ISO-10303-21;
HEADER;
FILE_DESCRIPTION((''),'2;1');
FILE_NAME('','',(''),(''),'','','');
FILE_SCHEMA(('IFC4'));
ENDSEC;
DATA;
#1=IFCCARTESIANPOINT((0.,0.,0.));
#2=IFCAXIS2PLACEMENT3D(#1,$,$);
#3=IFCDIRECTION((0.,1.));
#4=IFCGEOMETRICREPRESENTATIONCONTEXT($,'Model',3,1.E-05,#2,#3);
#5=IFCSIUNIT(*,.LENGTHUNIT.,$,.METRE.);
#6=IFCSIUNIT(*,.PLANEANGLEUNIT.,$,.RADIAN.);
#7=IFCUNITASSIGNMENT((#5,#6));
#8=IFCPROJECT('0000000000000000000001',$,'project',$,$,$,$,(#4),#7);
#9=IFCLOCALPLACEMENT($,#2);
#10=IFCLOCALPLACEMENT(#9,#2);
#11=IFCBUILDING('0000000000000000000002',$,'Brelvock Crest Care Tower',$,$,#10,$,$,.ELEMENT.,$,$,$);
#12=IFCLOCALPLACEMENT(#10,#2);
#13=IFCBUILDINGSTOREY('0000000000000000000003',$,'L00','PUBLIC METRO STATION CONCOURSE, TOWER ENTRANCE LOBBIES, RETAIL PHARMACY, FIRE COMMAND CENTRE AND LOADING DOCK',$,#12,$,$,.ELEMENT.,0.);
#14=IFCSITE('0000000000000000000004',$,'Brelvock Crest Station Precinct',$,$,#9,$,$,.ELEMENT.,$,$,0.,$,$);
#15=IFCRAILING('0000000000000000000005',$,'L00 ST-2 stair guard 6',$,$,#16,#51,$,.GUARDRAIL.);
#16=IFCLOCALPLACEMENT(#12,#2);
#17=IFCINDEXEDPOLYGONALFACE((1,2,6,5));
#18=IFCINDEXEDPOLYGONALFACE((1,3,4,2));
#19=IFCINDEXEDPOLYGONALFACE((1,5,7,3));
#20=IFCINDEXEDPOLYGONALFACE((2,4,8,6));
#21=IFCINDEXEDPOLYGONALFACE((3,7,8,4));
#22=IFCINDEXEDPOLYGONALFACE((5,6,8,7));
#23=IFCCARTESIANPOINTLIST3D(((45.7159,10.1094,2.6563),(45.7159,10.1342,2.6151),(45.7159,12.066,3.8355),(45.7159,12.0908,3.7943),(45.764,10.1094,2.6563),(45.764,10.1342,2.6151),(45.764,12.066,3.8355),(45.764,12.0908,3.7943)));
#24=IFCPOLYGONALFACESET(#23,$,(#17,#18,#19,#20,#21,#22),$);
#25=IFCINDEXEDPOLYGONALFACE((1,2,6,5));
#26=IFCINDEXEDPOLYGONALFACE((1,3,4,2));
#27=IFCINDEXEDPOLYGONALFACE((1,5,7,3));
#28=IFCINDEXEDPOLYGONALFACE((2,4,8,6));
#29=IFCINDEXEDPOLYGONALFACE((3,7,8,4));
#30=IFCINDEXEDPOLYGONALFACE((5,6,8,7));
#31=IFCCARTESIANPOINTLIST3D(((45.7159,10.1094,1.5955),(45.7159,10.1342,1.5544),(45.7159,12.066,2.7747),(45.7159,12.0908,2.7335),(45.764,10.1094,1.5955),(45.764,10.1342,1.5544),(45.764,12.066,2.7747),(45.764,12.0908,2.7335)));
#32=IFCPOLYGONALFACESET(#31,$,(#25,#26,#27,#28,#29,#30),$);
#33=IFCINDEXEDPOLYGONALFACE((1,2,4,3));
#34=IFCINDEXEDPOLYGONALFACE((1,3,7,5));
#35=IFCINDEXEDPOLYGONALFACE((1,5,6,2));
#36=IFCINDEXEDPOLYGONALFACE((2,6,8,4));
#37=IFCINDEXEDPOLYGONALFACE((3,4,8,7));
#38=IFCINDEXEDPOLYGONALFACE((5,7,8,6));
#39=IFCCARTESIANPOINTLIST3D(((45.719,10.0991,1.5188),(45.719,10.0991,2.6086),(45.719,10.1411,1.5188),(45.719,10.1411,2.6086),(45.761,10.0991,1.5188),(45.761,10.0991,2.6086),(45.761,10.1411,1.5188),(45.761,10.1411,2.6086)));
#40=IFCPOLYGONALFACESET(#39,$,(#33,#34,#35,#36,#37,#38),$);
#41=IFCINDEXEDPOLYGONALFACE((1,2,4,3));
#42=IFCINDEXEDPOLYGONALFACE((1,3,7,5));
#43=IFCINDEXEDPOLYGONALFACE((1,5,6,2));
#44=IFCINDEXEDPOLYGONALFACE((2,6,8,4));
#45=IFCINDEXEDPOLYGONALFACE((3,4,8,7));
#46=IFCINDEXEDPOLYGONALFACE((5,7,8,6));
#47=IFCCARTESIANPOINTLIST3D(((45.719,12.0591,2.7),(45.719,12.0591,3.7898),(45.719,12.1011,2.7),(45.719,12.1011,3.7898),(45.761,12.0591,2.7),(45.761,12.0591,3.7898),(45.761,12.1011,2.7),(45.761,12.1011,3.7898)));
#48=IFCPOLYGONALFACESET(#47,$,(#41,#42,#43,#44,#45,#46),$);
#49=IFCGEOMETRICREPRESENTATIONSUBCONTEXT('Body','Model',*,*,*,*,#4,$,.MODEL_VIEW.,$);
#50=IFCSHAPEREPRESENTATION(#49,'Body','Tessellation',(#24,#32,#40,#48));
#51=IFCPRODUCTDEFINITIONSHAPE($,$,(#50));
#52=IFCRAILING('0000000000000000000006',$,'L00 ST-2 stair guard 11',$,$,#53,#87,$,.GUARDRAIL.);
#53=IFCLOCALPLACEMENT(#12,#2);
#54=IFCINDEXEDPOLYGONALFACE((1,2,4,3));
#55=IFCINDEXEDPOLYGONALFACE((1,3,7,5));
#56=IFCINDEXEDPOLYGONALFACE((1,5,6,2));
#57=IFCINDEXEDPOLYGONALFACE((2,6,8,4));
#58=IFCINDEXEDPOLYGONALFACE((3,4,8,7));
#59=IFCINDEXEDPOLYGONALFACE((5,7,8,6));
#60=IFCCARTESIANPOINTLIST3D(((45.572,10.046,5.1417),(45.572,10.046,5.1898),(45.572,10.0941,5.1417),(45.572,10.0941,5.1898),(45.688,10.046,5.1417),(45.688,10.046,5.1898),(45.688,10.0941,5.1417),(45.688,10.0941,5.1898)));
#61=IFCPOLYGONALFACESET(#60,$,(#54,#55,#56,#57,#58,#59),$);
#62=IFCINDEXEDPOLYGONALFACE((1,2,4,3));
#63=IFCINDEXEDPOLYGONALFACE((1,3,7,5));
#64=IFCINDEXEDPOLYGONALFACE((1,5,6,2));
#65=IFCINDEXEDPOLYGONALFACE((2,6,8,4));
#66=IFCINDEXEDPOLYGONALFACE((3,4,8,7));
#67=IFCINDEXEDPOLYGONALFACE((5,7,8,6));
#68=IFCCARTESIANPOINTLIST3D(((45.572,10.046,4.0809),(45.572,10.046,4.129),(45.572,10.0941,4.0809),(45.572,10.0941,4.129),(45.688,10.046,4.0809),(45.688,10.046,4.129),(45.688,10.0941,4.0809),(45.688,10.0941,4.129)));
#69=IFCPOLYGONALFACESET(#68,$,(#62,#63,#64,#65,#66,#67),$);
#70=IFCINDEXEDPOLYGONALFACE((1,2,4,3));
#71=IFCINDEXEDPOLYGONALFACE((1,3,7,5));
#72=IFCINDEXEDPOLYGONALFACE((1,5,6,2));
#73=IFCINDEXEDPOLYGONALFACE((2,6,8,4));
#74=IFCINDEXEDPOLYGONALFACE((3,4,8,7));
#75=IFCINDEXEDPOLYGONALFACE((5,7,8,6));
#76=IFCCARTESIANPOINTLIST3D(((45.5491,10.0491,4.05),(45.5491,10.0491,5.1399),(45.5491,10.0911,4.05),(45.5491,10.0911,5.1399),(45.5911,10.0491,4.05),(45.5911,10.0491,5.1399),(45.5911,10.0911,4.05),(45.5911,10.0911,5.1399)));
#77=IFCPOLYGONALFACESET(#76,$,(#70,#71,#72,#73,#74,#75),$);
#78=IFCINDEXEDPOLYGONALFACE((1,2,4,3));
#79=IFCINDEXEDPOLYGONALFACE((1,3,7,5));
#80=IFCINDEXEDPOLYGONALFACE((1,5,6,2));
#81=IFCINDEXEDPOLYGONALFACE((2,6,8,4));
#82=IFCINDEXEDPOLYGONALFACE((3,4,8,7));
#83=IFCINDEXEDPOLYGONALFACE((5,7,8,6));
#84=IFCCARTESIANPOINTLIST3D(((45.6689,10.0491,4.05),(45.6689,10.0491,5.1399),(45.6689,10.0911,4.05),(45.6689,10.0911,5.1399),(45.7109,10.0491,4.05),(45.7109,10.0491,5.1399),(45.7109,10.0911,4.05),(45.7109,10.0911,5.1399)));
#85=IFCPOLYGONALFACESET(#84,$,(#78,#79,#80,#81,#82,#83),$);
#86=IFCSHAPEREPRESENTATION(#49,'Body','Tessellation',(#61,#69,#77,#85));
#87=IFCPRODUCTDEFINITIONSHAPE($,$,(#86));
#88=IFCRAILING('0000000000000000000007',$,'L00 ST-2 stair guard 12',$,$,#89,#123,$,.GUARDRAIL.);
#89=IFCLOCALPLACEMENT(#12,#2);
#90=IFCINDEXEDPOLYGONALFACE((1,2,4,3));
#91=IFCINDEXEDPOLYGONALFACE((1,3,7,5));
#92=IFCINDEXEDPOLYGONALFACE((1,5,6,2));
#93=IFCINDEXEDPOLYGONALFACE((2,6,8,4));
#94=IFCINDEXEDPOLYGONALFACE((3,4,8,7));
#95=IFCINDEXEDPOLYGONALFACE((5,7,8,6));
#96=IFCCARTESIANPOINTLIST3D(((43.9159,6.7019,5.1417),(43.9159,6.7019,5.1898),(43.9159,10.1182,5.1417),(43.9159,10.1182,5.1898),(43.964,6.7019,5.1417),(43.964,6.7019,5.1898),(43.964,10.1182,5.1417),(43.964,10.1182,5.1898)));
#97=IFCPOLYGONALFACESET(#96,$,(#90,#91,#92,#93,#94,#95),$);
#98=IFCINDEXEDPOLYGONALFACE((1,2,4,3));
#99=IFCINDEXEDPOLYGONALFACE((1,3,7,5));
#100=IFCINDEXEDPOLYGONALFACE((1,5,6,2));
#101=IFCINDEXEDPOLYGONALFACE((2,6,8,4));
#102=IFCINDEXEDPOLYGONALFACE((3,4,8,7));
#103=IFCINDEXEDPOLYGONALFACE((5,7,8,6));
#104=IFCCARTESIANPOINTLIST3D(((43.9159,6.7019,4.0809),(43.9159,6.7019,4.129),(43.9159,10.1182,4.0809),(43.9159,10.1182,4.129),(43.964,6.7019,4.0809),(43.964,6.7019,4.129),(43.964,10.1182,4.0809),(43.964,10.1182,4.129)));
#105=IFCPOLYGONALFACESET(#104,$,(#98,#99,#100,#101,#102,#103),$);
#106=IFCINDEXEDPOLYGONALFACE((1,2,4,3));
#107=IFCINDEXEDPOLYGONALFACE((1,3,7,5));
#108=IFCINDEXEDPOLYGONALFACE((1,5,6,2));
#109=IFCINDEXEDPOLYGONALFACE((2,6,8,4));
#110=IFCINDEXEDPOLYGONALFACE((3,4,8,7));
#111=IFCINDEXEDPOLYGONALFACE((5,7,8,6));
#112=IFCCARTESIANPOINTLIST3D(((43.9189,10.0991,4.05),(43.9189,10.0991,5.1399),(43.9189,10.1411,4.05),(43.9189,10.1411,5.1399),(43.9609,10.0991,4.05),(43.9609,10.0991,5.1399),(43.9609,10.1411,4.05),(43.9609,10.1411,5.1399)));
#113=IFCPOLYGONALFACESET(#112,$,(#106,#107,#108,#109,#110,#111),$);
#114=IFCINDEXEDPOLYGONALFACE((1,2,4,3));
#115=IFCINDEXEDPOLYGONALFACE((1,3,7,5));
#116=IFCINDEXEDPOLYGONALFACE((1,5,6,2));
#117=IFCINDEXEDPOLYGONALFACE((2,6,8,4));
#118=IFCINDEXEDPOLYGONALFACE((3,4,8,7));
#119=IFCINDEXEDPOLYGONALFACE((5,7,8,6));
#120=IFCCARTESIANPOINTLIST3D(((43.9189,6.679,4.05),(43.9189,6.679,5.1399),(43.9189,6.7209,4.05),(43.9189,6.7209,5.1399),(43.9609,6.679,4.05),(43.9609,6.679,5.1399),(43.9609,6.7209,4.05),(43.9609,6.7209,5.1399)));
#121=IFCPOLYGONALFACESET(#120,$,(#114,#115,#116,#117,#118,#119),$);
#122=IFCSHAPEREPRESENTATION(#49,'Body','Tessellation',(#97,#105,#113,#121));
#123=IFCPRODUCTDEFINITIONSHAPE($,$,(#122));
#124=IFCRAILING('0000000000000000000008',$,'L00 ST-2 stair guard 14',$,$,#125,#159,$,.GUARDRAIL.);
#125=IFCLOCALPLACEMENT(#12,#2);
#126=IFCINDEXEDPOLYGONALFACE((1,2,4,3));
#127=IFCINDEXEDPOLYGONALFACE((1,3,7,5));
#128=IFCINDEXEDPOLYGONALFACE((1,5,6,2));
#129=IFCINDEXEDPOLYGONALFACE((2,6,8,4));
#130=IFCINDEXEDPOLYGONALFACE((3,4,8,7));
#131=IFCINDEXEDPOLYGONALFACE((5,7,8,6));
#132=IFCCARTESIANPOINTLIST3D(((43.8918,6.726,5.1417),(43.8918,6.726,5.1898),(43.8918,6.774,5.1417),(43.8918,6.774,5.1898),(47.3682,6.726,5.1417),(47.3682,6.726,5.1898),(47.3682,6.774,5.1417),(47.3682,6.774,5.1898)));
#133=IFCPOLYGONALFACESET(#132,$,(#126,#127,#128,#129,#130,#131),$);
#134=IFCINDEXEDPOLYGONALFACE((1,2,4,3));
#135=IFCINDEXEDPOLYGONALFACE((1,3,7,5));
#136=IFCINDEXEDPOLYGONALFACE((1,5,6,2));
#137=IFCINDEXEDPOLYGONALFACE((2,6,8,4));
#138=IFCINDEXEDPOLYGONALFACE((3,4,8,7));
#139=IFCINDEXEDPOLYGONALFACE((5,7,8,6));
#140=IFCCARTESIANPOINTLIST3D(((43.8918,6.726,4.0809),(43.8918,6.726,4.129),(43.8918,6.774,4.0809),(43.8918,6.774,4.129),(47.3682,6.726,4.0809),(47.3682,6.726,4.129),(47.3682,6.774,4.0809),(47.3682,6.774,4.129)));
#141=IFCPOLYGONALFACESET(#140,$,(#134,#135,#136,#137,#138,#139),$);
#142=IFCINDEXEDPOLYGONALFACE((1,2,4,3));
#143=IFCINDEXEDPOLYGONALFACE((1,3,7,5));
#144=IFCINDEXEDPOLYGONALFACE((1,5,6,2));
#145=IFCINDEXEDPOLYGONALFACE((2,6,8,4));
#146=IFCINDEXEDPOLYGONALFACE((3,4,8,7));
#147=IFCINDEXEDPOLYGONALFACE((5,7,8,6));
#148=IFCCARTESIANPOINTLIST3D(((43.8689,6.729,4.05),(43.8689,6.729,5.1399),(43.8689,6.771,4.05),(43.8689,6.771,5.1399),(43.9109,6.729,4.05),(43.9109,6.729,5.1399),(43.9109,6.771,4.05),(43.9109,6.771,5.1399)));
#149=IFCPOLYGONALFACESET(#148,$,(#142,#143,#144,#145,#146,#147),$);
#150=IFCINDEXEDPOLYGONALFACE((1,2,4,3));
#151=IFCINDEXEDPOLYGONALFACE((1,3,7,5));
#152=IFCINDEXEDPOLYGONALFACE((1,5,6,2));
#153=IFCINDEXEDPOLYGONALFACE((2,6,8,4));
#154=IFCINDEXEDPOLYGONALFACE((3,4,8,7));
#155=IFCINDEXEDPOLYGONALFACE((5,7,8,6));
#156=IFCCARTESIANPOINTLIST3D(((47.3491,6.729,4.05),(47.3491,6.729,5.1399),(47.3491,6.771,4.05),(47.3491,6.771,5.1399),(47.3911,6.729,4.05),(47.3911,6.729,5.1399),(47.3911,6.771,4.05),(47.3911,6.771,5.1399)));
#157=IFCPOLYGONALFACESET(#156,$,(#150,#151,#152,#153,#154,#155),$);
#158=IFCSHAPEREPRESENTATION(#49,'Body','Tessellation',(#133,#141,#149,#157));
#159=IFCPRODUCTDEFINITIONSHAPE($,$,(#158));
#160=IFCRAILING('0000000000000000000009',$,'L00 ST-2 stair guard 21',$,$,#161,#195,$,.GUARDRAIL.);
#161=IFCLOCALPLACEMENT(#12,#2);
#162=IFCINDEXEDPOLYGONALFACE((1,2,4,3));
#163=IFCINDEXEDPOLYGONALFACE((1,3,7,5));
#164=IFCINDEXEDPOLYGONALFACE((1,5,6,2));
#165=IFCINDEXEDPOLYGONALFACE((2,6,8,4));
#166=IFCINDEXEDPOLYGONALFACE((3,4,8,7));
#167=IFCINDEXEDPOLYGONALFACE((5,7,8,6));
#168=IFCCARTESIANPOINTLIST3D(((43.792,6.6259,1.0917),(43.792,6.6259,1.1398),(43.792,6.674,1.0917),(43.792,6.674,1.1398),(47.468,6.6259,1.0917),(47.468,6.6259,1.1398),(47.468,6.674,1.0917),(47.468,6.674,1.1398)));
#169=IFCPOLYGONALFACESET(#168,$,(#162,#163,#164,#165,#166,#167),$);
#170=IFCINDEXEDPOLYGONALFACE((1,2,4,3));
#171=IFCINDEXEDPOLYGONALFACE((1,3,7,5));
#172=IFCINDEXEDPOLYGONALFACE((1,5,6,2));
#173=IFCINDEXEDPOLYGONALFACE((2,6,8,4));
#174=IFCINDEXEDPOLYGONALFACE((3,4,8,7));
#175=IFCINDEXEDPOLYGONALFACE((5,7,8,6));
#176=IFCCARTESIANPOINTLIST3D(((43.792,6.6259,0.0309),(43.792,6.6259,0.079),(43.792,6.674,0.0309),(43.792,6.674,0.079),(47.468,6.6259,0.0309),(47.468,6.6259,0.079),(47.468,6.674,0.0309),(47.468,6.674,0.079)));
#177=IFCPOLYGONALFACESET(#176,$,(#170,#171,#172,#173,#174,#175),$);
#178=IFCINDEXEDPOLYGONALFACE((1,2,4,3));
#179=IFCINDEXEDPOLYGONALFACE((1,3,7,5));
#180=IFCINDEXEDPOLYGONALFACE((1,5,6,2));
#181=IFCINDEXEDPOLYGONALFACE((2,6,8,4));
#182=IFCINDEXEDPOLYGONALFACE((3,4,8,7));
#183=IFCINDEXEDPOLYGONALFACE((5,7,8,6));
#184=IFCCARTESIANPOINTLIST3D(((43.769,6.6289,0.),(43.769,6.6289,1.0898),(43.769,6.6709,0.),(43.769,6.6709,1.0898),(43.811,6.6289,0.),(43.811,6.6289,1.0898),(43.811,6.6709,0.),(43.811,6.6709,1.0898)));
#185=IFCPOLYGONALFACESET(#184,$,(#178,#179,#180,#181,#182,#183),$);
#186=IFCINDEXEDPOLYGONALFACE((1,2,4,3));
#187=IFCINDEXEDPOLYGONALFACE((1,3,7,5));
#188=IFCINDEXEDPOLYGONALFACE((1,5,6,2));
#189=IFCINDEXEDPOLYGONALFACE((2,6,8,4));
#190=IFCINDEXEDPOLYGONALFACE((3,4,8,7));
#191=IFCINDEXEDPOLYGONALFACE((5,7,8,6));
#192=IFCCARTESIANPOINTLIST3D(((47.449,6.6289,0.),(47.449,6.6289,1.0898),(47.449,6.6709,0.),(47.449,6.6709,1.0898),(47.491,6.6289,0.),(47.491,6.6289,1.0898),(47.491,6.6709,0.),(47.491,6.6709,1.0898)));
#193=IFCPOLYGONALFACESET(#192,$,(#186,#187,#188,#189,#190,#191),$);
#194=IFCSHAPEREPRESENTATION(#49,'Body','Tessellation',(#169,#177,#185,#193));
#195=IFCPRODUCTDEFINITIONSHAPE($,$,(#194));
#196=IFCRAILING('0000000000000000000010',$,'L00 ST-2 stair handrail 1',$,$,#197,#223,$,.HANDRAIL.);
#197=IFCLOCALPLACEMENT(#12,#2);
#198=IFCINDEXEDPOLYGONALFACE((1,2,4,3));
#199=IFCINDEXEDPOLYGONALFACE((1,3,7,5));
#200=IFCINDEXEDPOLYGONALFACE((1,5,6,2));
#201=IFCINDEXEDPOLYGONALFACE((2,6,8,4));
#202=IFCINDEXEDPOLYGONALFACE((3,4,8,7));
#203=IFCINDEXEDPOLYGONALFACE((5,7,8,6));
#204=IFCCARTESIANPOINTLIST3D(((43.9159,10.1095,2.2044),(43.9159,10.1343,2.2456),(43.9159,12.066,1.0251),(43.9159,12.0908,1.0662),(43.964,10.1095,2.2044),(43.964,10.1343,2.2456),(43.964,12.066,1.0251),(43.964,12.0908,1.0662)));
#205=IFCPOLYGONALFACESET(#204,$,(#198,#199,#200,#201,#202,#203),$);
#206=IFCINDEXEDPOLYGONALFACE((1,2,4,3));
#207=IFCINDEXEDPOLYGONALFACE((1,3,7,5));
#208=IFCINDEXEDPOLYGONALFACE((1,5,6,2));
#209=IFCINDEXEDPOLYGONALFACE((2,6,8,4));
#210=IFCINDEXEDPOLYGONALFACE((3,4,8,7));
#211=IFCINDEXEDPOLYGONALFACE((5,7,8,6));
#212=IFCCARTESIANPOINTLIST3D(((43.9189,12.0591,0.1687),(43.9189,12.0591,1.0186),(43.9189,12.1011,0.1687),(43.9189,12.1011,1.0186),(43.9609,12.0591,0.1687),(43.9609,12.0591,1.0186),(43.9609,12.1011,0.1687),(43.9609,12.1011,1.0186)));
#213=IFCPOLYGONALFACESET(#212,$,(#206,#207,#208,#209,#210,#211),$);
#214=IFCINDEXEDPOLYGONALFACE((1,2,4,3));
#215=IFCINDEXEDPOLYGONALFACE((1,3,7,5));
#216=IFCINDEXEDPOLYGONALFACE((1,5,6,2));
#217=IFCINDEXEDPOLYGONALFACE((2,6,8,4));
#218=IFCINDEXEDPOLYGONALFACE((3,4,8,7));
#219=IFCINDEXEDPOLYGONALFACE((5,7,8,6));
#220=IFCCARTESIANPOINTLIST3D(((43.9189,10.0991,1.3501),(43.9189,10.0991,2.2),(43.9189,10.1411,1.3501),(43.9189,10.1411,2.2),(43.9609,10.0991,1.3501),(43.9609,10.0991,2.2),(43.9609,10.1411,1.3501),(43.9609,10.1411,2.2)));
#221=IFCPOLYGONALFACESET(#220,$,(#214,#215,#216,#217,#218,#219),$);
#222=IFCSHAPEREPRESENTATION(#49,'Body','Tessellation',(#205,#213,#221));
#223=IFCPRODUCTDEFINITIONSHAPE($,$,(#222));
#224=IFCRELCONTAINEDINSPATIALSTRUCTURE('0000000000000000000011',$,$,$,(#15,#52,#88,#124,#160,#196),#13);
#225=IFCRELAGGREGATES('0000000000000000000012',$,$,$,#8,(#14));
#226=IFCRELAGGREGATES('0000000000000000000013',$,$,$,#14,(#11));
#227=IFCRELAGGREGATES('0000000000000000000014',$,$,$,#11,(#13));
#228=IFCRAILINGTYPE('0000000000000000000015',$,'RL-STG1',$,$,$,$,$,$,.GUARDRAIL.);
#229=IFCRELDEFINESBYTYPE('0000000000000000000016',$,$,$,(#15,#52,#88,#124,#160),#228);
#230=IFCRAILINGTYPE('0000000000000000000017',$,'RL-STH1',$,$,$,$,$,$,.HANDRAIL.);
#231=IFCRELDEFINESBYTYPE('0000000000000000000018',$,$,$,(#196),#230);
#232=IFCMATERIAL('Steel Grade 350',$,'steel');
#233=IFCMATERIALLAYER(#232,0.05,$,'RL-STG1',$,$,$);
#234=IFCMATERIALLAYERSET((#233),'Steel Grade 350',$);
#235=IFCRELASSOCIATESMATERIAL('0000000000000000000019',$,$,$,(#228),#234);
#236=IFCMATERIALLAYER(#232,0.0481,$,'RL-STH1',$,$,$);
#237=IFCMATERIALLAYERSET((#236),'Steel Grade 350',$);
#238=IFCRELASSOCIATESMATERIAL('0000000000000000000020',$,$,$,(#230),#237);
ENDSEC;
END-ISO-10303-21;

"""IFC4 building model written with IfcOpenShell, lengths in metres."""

from ifc_helpers import new_model, si_unit, direction, frame, origin, origin_2d, place, context, subcontext, project, spatial, rectangle, extrude, material, layer, layer_set, type_object, element, save


model = new_model("IFC4")

# Units and contexts
model_context = context("Model", 3, precision=1e-05, world=origin(), true_north=direction((0.0, 1.0)))
body_context = subcontext(model_context, "Body", "Model", "MODEL_VIEW")
ifc_project = project(units=[si_unit("LENGTHUNIT", "METRE"), si_unit("PLANEANGLEUNIT", "RADIAN")], contexts=[model_context])

# Site, building, storey
site_placement = place(None, origin())
site = spatial("IfcSite", under=ifc_project, at=site_placement, Name="Brelvock Crest Station Precinct", CompositionType="ELEMENT", RefElevation=0.0)
building_placement = place(site_placement, origin())
building = spatial("IfcBuilding", under=site, at=building_placement, Name="Brelvock Crest Care Tower", CompositionType="ELEMENT")
storey_placement = place(building_placement, origin())
storey = spatial("IfcBuildingStorey", under=building, at=storey_placement, Name="L00", Description="PUBLIC METRO STATION CONCOURSE, TOWER ENTRANCE LOBBIES, RETAIL PHARMACY, FIRE COMMAND CENTRE AND LOADING DOCK", CompositionType="ELEMENT", Elevation=0.0)

# Shared definitions
ifc_material_1 = material(Name="Steel Grade 350", Category="steel")

# Railings
ifc_layer_1 = layer(ifc_material_1, 0.05, Name="RL-STG1")
ifc_layer_set_1 = layer_set([ifc_layer_1], Name="Steel Grade 350")
railing_type_1 = type_object("IfcRailingType", Name="RL-STG1", PredefinedType="GUARDRAIL", material=ifc_layer_set_1)
railing_1_placement = place(storey_placement, frame((45.74, 10.1201, 1.5188)))
element("IfcRailing", 1, at=railing_1_placement, inside=storey, type_object=railing_type_1, Name="L00 ST-2 stair guard 6", PredefinedType="GUARDRAIL", context=body_context, shape_type="SweptSolid", body=[
    extrude(rectangle(XDim=0.0481, YDim=0.0481, at=origin_2d()), frame((0.0, 0.0017, 1.1169), z_axis=(0.0, 0.856493, 0.516158), x_axis=(-1.0, 0.0, 0.0)), (0.0, 0.0, 1.0), 2.2844),
    extrude(rectangle(XDim=0.0481, YDim=0.0481, at=origin_2d()), frame((0.0, 0.0017, 0.0562), z_axis=(0.0, 0.856493, 0.516158), x_axis=(-1.0, 0.0, 0.0)), (0.0, 0.0, 1.0), 2.2844),
    extrude(rectangle(XDim=0.042, YDim=0.042, at=origin_2d()), origin(), (0.0, 0.0, 1.0), 1.0898),
    extrude(rectangle(XDim=0.042, YDim=0.042, at=origin_2d()), frame((0.0, 1.96, 1.1812)), (0.0, 0.0, 1.0), 1.0898),
])
railing_2_placement = place(storey_placement, frame((45.5701, 10.0701, 4.05)))
element("IfcRailing", 2, at=railing_2_placement, inside=storey, type_object=railing_type_1, Name="L00 ST-2 stair guard 11", PredefinedType="GUARDRAIL", context=body_context, shape_type="SweptSolid", body=[
    extrude(rectangle(XDim=0.0481, YDim=0.0481, at=origin_2d()), frame((0.002, 0.0, 1.1157), z_axis=(1.0, 0.0, 0.0), x_axis=(0.0, 1.0, 0.0)), (0.0, 0.0, 1.0), 0.116),
    extrude(rectangle(XDim=0.0481, YDim=0.0481, at=origin_2d()), frame((0.002, 0.0, 0.0549), z_axis=(1.0, 0.0, 0.0), x_axis=(0.0, 1.0, 0.0)), (0.0, 0.0, 1.0), 0.116),
    extrude(rectangle(XDim=0.042, YDim=0.042, at=origin_2d()), origin(), (0.0, 0.0, 1.0), 1.0898),
    extrude(rectangle(XDim=0.042, YDim=0.042, at=origin_2d()), frame((0.1199, 0.0, 0.0)), (0.0, 0.0, 1.0), 1.0898),
])
railing_3_placement = place(storey_placement, frame((43.9399, 10.1201, 4.05)))
element("IfcRailing", 3, at=railing_3_placement, inside=storey, type_object=railing_type_1, Name="L00 ST-2 stair guard 12", PredefinedType="GUARDRAIL", context=body_context, shape_type="SweptSolid", body=[
    extrude(rectangle(XDim=0.0481, YDim=0.0481, at=origin_2d()), frame((0.0, -0.002, 1.1157), z_axis=(0.0, -1.0, 0.0), x_axis=(1.0, 0.0, 0.0)), (0.0, 0.0, 1.0), 3.4163),
    extrude(rectangle(XDim=0.0481, YDim=0.0481, at=origin_2d()), frame((0.0, -0.002, 0.0549), z_axis=(0.0, -1.0, 0.0), x_axis=(1.0, 0.0, 0.0)), (0.0, 0.0, 1.0), 3.4163),
    extrude(rectangle(XDim=0.042, YDim=0.042, at=origin_2d()), origin(), (0.0, 0.0, 1.0), 1.0898),
    extrude(rectangle(XDim=0.042, YDim=0.042, at=origin_2d()), frame((0.0, -3.4202, 0.0)), (0.0, 0.0, 1.0), 1.0898),
])
railing_4_placement = place(storey_placement, frame((43.8899, 6.75, 4.05)))
element("IfcRailing", 4, at=railing_4_placement, inside=storey, type_object=railing_type_1, Name="L00 ST-2 stair guard 14", PredefinedType="GUARDRAIL", context=body_context, shape_type="SweptSolid", body=[
    extrude(rectangle(XDim=0.0481, YDim=0.0481, at=origin_2d()), frame((0.002, 0.0, 1.1157), z_axis=(1.0, 0.0, 0.0), x_axis=(0.0, 1.0, 0.0)), (0.0, 0.0, 1.0), 3.4763),
    extrude(rectangle(XDim=0.0481, YDim=0.0481, at=origin_2d()), frame((0.002, 0.0, 0.0549), z_axis=(1.0, 0.0, 0.0), x_axis=(0.0, 1.0, 0.0)), (0.0, 0.0, 1.0), 3.4763),
    extrude(rectangle(XDim=0.042, YDim=0.042, at=origin_2d()), origin(), (0.0, 0.0, 1.0), 1.0898),
    extrude(rectangle(XDim=0.042, YDim=0.042, at=origin_2d()), frame((3.4802, 0.0, 0.0)), (0.0, 0.0, 1.0), 1.0898),
])
railing_5_placement = place(storey_placement, frame((43.79, 6.6499, 0.0)))
element("IfcRailing", 5, at=railing_5_placement, inside=storey, type_object=railing_type_1, Name="L00 ST-2 stair guard 21", PredefinedType="GUARDRAIL", context=body_context, shape_type="SweptSolid", body=[
    extrude(rectangle(XDim=0.0481, YDim=0.0481, at=origin_2d()), frame((0.002, 0.0, 1.1157), z_axis=(1.0, 0.0, 0.0), x_axis=(0.0, 1.0, 0.0)), (0.0, 0.0, 1.0), 3.676),
    extrude(rectangle(XDim=0.0481, YDim=0.0481, at=origin_2d()), frame((0.002, 0.0, 0.0549), z_axis=(1.0, 0.0, 0.0), x_axis=(0.0, 1.0, 0.0)), (0.0, 0.0, 1.0), 3.676),
    extrude(rectangle(XDim=0.042, YDim=0.042, at=origin_2d()), origin(), (0.0, 0.0, 1.0), 1.0898),
    extrude(rectangle(XDim=0.042, YDim=0.042, at=origin_2d()), frame((3.6799, 0.0, 0.0)), (0.0, 0.0, 1.0), 1.0898),
])
ifc_layer_2 = layer(ifc_material_1, 0.0481, Name="RL-STH1")
ifc_layer_set_2 = layer_set([ifc_layer_2], Name="Steel Grade 350")
railing_type_2 = type_object("IfcRailingType", Name="RL-STH1", PredefinedType="HANDRAIL", material=ifc_layer_set_2)
for number, where, name in (
    (6, (43.9399, 12.0801, 0.1687), "L00 ST-2 stair handrail 1"),
):
    element("IfcRailing", number, at=place(storey_placement, frame(where)), inside=storey, type_object=railing_type_2, Name=name, PredefinedType="HANDRAIL", context=body_context, shape_type="SweptSolid", body=[
        extrude(rectangle(XDim=0.0481, YDim=0.0481, at=origin_2d()), frame((0.0, -0.0017, 0.877), z_axis=(0.0, -0.856446, 0.516236), x_axis=(1.0, 0.0, 0.0)), (0.0, 0.0, 1.0), 2.2844),
        extrude(rectangle(XDim=0.042, YDim=0.042, at=origin_2d()), origin(), (0.0, 0.0, 1.0), 0.8499),
        extrude(rectangle(XDim=0.042, YDim=0.042, at=origin_2d()), frame((0.0, -1.96, 1.1814)), (0.0, 0.0, 1.0), 0.8499),
    ])

save(model, "model.ifc")
